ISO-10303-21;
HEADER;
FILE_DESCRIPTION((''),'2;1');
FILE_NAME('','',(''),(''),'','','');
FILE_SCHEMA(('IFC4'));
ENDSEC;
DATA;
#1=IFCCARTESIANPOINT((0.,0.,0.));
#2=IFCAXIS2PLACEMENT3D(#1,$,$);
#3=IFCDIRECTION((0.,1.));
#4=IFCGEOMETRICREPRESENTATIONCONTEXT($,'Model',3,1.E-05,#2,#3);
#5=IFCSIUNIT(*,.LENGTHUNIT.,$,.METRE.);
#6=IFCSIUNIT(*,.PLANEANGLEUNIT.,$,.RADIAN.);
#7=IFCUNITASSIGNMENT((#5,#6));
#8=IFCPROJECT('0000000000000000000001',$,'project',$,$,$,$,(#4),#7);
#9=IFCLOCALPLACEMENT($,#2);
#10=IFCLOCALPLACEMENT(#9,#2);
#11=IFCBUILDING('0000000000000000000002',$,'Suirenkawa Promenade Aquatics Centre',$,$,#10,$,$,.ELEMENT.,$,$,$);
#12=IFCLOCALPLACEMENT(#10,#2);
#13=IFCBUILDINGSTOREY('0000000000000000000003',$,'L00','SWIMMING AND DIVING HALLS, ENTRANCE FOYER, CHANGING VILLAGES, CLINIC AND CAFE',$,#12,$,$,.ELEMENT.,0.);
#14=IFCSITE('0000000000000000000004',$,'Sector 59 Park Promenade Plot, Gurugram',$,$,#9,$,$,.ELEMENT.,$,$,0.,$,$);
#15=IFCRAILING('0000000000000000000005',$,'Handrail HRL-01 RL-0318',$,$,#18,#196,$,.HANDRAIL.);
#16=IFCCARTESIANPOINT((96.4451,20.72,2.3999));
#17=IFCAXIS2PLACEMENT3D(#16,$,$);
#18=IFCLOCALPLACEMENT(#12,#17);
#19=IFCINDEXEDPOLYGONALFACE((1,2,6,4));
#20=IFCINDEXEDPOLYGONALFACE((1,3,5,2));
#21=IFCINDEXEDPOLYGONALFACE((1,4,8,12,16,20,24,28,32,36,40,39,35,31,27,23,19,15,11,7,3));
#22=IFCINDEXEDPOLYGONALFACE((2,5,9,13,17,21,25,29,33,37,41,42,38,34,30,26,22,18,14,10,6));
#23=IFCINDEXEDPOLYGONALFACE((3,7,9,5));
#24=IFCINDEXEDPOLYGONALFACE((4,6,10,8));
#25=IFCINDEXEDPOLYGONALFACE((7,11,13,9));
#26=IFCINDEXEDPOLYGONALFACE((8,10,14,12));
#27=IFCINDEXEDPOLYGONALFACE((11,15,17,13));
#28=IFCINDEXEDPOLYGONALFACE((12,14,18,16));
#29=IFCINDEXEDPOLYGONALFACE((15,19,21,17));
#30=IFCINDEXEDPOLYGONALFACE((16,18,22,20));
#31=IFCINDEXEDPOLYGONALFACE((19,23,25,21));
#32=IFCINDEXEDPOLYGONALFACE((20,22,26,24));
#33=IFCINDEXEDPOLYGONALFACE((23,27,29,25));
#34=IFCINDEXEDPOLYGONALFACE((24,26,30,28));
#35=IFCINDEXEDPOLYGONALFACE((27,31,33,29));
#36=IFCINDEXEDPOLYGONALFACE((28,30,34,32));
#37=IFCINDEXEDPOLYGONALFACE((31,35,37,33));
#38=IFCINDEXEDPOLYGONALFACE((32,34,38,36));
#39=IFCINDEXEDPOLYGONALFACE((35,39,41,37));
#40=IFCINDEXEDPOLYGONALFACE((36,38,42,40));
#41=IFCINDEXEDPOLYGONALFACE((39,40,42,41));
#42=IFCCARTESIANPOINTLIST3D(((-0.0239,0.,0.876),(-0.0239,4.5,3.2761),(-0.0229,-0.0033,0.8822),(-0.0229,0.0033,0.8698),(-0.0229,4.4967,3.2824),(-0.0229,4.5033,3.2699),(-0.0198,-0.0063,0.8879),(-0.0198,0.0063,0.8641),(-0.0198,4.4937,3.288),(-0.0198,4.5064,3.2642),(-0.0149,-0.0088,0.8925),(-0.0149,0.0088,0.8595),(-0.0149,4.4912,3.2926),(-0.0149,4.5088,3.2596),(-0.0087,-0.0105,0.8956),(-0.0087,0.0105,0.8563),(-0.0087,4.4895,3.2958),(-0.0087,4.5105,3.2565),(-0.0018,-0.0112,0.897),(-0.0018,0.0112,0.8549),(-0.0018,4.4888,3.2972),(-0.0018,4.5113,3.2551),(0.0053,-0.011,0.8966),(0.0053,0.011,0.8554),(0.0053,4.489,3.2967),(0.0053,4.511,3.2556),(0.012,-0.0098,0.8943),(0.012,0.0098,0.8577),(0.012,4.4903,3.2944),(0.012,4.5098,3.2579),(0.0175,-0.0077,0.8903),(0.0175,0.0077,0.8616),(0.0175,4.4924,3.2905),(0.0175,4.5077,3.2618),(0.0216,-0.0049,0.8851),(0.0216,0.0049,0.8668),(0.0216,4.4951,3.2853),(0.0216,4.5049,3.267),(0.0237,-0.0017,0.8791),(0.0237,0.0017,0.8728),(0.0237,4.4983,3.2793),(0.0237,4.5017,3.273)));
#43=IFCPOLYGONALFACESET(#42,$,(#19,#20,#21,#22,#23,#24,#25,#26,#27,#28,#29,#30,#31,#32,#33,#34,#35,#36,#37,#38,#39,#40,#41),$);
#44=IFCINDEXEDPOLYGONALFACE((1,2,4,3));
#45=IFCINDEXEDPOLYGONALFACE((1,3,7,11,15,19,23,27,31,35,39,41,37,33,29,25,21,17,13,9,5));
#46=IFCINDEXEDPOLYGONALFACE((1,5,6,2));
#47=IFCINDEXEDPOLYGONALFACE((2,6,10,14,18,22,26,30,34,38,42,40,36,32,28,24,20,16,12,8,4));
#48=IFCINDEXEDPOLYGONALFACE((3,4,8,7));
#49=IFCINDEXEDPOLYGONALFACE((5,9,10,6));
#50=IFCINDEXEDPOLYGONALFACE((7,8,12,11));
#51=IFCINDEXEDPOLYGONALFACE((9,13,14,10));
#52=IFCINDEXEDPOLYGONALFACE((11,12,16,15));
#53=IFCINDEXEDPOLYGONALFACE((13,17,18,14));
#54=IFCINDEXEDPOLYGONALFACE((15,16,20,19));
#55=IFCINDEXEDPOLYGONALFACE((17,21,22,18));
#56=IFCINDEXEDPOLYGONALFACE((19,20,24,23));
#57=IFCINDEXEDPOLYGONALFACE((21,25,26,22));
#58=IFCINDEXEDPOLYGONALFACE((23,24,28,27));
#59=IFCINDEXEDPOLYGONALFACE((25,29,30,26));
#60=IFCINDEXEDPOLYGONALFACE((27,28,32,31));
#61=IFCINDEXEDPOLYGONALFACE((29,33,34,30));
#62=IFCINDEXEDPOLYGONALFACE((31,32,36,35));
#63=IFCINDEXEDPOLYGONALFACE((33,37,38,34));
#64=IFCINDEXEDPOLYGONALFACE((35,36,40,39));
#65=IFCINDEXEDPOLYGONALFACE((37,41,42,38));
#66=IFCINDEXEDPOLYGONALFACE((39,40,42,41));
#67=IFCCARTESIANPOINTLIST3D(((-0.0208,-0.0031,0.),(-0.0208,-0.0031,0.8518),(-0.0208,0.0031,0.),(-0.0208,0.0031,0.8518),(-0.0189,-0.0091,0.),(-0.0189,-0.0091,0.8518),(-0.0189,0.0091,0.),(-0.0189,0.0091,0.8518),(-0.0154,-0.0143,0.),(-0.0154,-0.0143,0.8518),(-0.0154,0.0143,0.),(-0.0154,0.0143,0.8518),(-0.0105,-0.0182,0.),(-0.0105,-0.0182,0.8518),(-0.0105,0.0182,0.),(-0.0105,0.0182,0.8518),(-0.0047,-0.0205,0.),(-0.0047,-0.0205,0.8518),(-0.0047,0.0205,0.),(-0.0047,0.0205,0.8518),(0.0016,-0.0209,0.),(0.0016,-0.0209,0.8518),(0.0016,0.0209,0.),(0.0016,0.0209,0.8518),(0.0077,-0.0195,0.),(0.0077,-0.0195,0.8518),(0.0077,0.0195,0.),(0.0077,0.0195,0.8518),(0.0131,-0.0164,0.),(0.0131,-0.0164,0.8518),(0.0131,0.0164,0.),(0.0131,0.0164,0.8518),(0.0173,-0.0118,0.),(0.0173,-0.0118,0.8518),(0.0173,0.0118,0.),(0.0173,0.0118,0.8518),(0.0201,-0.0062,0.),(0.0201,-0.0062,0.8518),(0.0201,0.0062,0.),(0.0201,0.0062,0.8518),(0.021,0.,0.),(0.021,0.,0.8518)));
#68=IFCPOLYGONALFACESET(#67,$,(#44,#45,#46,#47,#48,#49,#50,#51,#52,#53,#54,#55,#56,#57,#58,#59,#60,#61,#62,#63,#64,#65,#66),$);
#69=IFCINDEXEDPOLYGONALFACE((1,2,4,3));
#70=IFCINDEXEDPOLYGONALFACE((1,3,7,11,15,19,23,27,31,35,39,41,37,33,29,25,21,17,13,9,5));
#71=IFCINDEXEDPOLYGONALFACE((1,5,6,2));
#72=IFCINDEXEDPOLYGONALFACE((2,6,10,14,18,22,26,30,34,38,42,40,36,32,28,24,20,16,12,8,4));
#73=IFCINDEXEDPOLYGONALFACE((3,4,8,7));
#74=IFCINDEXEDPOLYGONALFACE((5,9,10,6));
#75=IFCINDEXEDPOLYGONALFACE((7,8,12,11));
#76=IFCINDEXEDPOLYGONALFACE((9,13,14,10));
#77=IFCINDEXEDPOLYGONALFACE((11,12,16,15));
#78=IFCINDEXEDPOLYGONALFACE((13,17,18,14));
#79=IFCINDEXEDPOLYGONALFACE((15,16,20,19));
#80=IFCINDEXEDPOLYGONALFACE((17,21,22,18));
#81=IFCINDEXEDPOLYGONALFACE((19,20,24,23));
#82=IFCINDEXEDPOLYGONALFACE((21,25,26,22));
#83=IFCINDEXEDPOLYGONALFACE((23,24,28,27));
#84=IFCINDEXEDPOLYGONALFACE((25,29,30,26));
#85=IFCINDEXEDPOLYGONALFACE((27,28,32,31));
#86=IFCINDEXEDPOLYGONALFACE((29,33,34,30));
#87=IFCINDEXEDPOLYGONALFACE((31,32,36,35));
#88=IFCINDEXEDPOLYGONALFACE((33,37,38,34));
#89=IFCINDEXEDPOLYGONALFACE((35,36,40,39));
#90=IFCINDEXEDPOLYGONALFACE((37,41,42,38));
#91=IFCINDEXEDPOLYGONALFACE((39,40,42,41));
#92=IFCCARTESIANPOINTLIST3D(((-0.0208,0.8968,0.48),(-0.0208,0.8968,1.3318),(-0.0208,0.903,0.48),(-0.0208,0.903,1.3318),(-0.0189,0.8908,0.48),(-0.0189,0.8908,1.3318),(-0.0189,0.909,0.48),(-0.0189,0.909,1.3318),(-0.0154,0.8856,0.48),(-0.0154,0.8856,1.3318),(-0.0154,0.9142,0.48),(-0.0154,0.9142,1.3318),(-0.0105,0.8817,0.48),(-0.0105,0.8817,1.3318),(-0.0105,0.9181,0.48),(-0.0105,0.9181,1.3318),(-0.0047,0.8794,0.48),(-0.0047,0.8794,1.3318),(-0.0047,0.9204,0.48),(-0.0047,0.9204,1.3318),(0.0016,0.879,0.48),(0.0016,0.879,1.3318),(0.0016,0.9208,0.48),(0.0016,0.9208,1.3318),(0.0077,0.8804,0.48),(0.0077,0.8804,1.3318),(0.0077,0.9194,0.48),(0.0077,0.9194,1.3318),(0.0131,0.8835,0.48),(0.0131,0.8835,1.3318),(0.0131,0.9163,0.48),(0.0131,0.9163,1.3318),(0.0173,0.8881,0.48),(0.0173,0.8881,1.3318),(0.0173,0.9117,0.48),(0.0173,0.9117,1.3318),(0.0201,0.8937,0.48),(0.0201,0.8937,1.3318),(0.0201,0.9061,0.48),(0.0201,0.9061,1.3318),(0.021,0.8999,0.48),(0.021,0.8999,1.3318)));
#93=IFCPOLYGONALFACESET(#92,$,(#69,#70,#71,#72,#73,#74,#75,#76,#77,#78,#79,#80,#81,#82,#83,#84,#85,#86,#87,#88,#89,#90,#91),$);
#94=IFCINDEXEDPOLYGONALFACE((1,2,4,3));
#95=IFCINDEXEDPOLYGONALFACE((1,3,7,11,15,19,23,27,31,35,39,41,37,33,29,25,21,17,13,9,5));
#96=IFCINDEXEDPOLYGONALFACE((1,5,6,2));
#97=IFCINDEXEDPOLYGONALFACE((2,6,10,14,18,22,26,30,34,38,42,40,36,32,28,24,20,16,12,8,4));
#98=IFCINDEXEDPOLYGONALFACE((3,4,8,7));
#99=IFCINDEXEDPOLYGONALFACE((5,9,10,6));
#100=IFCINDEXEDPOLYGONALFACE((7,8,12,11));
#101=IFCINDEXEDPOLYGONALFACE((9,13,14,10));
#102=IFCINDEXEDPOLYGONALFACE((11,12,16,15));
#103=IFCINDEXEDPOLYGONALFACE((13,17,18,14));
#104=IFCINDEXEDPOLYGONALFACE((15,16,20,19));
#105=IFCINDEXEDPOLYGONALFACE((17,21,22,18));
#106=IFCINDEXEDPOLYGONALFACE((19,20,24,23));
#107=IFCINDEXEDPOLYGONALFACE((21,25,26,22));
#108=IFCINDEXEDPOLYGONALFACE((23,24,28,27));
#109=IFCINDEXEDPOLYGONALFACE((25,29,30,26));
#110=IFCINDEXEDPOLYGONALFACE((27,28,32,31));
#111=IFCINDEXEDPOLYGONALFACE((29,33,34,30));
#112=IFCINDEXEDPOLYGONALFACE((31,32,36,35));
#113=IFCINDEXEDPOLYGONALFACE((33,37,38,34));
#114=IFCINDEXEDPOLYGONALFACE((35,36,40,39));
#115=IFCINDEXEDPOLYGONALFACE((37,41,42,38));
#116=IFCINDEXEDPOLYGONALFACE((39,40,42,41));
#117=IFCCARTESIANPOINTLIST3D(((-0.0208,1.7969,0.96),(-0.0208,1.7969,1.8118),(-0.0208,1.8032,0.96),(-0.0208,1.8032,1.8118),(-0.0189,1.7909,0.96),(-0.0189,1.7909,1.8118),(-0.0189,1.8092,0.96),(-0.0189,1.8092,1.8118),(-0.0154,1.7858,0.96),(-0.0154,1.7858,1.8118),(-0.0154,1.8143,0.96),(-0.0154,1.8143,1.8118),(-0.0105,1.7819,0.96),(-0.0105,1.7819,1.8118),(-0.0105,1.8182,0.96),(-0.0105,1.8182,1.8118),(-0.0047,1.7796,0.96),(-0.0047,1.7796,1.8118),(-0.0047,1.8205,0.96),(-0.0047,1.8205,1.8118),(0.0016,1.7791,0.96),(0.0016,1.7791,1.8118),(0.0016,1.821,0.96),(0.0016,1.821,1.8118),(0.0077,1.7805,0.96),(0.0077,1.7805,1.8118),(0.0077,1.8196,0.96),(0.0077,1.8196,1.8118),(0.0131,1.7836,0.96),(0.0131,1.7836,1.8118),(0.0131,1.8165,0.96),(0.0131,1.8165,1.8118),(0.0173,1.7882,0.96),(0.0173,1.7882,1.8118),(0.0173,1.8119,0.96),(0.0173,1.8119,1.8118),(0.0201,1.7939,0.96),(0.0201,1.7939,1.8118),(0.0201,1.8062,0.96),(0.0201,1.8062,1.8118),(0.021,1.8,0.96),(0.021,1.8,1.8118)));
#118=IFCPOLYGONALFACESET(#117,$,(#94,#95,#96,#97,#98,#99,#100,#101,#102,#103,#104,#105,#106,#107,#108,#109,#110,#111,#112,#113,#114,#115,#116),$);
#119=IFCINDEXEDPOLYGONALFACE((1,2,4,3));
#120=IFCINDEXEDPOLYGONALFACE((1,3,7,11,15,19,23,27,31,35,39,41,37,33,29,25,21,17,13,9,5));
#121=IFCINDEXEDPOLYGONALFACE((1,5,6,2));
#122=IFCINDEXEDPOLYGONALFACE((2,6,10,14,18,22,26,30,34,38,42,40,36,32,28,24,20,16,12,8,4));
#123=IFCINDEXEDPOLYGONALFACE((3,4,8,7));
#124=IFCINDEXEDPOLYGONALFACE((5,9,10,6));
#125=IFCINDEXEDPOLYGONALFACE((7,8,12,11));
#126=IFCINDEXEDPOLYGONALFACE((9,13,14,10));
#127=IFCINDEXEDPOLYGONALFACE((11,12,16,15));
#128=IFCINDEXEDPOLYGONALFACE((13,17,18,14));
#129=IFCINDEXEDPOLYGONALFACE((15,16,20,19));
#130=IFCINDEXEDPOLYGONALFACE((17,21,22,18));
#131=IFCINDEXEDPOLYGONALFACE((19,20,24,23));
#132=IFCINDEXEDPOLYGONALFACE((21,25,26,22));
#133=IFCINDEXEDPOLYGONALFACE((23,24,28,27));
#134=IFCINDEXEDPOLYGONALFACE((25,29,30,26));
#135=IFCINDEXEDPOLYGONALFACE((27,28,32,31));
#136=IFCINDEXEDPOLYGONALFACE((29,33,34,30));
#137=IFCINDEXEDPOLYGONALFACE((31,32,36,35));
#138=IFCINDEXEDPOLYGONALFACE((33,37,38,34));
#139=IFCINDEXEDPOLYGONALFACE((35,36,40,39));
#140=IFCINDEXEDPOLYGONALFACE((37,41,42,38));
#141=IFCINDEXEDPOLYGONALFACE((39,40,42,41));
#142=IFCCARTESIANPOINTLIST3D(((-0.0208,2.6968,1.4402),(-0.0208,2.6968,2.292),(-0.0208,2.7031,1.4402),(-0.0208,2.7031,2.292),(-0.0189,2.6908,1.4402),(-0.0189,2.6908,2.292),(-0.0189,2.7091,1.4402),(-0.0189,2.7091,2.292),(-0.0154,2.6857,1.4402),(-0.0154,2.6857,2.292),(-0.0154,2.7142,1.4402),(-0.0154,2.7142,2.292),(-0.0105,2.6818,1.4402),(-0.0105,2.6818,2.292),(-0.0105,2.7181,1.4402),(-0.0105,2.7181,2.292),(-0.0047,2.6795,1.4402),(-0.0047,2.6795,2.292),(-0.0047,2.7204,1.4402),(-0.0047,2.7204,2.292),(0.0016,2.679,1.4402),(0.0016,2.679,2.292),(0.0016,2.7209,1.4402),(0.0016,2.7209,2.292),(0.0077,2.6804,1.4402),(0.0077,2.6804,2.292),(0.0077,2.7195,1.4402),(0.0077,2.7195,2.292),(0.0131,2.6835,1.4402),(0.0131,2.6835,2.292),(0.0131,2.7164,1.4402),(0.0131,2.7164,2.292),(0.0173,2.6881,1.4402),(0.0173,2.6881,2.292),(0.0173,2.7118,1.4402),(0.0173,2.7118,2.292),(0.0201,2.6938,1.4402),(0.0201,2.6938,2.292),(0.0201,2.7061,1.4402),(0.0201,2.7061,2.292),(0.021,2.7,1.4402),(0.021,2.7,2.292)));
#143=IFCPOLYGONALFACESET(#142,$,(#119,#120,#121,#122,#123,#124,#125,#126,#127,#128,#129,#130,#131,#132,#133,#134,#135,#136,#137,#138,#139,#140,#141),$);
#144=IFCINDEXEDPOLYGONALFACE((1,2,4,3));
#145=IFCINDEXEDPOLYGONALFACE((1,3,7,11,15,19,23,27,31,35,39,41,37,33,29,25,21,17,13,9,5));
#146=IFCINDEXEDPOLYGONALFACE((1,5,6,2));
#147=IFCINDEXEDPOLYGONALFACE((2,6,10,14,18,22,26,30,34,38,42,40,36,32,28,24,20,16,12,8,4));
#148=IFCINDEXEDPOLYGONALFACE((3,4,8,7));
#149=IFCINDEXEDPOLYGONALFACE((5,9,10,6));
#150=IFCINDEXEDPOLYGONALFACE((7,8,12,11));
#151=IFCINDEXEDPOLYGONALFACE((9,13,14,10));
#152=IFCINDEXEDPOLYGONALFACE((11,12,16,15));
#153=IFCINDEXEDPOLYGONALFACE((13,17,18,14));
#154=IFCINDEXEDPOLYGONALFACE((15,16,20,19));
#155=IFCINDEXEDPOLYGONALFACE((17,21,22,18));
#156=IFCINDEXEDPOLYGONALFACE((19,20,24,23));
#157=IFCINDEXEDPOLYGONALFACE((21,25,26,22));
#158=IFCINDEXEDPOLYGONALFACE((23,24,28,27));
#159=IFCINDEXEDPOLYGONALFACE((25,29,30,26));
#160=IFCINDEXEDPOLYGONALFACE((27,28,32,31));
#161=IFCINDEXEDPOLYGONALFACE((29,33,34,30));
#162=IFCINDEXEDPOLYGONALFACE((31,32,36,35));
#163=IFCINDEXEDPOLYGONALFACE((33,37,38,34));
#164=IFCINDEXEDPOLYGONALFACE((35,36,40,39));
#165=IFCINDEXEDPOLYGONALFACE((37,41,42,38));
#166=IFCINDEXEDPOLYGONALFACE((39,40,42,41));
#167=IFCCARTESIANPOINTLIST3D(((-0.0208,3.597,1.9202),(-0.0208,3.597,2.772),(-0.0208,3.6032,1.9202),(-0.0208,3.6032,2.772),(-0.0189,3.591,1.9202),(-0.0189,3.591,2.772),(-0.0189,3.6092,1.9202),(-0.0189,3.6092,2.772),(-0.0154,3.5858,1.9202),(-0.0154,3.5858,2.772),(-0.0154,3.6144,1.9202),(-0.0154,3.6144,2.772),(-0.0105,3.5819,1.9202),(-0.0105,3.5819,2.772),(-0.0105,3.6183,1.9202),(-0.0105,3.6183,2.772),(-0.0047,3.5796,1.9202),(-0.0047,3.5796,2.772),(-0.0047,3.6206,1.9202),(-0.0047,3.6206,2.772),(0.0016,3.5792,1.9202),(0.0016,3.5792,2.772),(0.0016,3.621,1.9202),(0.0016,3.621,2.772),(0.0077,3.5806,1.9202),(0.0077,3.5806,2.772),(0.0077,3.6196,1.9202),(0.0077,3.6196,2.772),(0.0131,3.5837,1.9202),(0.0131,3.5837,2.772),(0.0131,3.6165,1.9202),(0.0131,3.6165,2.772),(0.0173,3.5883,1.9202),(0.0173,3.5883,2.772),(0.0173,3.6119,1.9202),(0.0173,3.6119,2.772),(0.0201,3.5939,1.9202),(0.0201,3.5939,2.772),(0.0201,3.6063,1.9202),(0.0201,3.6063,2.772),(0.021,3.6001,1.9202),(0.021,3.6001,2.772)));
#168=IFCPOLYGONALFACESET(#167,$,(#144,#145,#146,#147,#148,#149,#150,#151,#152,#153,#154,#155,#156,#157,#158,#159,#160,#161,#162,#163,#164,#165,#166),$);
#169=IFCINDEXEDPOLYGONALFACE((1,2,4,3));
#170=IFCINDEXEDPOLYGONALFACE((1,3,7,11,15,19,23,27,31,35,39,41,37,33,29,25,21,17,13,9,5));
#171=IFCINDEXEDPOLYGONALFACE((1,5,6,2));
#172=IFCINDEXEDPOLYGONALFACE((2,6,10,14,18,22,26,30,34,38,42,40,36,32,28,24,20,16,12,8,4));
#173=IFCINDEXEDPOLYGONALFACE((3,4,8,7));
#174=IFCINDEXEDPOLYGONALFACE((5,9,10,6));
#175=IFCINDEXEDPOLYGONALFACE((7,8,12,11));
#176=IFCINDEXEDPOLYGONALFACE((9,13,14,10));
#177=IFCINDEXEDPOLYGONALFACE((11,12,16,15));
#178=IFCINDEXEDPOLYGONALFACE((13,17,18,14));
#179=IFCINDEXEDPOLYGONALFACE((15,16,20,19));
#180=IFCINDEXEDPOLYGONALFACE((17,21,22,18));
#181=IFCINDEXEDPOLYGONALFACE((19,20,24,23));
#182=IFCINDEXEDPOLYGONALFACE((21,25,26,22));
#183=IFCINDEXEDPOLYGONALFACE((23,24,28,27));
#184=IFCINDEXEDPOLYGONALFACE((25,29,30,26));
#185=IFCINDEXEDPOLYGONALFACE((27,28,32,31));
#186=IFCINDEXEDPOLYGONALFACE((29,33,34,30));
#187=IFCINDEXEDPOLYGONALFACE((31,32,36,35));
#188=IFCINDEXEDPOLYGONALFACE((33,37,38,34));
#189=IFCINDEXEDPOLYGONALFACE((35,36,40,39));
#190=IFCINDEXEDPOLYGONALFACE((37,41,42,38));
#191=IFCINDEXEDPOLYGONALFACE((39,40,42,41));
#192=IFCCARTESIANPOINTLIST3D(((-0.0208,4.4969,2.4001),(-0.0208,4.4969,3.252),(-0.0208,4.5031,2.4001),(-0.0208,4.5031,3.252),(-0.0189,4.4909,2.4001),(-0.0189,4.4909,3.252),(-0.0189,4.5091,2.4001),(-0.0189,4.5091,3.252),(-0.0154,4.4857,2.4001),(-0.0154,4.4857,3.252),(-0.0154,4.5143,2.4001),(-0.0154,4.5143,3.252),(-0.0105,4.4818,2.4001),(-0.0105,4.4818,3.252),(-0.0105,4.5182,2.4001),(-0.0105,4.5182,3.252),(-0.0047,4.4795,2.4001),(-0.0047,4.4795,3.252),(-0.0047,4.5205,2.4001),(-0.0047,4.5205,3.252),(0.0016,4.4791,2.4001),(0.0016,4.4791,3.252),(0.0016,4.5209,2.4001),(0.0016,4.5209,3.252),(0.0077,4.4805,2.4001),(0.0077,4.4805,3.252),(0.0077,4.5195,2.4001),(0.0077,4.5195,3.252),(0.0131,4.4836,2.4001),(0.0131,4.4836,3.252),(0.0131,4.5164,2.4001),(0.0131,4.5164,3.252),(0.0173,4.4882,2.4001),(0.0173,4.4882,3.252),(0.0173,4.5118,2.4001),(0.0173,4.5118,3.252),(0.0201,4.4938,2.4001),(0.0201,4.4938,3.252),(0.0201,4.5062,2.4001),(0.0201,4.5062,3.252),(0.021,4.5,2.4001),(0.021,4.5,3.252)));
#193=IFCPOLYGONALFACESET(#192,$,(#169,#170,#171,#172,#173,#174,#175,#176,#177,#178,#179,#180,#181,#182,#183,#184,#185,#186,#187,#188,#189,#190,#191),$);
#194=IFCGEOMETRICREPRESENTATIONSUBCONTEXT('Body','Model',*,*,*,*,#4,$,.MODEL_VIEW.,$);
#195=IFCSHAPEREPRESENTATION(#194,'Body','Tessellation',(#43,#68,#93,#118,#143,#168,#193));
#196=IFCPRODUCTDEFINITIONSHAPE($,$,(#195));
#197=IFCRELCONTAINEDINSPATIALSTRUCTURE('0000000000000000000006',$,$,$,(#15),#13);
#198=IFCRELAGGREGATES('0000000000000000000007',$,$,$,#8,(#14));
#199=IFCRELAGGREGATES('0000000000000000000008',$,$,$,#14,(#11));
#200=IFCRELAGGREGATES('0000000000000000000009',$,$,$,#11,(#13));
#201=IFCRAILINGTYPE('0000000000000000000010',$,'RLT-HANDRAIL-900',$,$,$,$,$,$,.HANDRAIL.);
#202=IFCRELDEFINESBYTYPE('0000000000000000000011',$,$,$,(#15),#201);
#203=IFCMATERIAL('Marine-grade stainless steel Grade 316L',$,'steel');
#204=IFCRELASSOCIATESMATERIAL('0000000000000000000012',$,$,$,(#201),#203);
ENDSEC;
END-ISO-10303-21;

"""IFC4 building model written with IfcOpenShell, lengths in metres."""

from ifc_helpers import new_model, si_unit, direction, frame, origin, origin_2d, place, context, subcontext, project, spatial, circle, extrude, material, type_object, element, save


model = new_model("IFC4")

# Units and contexts
model_context = context("Model", 3, precision=1e-05, world=origin(), true_north=direction((0.0, 1.0)))
body_context = subcontext(model_context, "Body", "Model", "MODEL_VIEW")
ifc_project = project(units=[si_unit("LENGTHUNIT", "METRE"), si_unit("PLANEANGLEUNIT", "RADIAN")], contexts=[model_context])

# Site, building, storey
site_placement = place(None, origin())
site = spatial("IfcSite", under=ifc_project, at=site_placement, Name="Sector 59 Park Promenade Plot, Gurugram", CompositionType="ELEMENT", RefElevation=0.0)
building_placement = place(site_placement, origin())
building = spatial("IfcBuilding", under=site, at=building_placement, Name="Suirenkawa Promenade Aquatics Centre", CompositionType="ELEMENT")
storey_placement = place(building_placement, origin())
storey = spatial("IfcBuildingStorey", under=building, at=storey_placement, Name="L00", Description="SWIMMING AND DIVING HALLS, ENTRANCE FOYER, CHANGING VILLAGES, CLINIC AND CAFE", CompositionType="ELEMENT", Elevation=0.0)

# Railing
ifc_material_1 = material(Name="Marine-grade stainless steel Grade 316L", Category="steel")
railing_type_1 = type_object("IfcRailingType", Name="RLT-HANDRAIL-900", PredefinedType="HANDRAIL", material=ifc_material_1)
railing_1_placement = place(storey_placement, frame((96.4451, 20.72, 2.3999)))
element("IfcRailing", 1, at=railing_1_placement, inside=storey, type_object=railing_type_1, Name="Handrail HRL-01 RL-0318", PredefinedType="HANDRAIL", context=body_context, shape_type="SweptSolid", body=[
    extrude(circle(Radius=0.0239, at=origin_2d()), frame((0.0, 0.0, 0.876), z_axis=(0.0, 0.882341, 0.470611), x_axis=(-1.0, 0.0, 0.0)), (0.0, 0.0, 1.0), 5.1001),
    extrude(circle(Radius=0.021, at=origin_2d()), origin(), (0.0, 0.0, 1.0), 0.8518),
    extrude(circle(Radius=0.021, at=origin_2d()), frame((0.0, 0.8999, 0.48)), (0.0, 0.0, 1.0), 0.8518),
    extrude(circle(Radius=0.021, at=origin_2d()), frame((0.0, 1.8, 0.96)), (0.0, 0.0, 1.0), 0.8518),
    extrude(circle(Radius=0.021, at=origin_2d()), frame((0.0, 2.7, 1.4402)), (0.0, 0.0, 1.0), 0.8518),
    extrude(circle(Radius=0.021, at=origin_2d()), frame((0.0, 3.6001, 1.9202)), (0.0, 0.0, 1.0), 0.8518),
    extrude(circle(Radius=0.021, at=origin_2d()), frame((0.0, 4.5, 2.4001)), (0.0, 0.0, 1.0), 0.8518),
])

save(model, "model.ifc")
